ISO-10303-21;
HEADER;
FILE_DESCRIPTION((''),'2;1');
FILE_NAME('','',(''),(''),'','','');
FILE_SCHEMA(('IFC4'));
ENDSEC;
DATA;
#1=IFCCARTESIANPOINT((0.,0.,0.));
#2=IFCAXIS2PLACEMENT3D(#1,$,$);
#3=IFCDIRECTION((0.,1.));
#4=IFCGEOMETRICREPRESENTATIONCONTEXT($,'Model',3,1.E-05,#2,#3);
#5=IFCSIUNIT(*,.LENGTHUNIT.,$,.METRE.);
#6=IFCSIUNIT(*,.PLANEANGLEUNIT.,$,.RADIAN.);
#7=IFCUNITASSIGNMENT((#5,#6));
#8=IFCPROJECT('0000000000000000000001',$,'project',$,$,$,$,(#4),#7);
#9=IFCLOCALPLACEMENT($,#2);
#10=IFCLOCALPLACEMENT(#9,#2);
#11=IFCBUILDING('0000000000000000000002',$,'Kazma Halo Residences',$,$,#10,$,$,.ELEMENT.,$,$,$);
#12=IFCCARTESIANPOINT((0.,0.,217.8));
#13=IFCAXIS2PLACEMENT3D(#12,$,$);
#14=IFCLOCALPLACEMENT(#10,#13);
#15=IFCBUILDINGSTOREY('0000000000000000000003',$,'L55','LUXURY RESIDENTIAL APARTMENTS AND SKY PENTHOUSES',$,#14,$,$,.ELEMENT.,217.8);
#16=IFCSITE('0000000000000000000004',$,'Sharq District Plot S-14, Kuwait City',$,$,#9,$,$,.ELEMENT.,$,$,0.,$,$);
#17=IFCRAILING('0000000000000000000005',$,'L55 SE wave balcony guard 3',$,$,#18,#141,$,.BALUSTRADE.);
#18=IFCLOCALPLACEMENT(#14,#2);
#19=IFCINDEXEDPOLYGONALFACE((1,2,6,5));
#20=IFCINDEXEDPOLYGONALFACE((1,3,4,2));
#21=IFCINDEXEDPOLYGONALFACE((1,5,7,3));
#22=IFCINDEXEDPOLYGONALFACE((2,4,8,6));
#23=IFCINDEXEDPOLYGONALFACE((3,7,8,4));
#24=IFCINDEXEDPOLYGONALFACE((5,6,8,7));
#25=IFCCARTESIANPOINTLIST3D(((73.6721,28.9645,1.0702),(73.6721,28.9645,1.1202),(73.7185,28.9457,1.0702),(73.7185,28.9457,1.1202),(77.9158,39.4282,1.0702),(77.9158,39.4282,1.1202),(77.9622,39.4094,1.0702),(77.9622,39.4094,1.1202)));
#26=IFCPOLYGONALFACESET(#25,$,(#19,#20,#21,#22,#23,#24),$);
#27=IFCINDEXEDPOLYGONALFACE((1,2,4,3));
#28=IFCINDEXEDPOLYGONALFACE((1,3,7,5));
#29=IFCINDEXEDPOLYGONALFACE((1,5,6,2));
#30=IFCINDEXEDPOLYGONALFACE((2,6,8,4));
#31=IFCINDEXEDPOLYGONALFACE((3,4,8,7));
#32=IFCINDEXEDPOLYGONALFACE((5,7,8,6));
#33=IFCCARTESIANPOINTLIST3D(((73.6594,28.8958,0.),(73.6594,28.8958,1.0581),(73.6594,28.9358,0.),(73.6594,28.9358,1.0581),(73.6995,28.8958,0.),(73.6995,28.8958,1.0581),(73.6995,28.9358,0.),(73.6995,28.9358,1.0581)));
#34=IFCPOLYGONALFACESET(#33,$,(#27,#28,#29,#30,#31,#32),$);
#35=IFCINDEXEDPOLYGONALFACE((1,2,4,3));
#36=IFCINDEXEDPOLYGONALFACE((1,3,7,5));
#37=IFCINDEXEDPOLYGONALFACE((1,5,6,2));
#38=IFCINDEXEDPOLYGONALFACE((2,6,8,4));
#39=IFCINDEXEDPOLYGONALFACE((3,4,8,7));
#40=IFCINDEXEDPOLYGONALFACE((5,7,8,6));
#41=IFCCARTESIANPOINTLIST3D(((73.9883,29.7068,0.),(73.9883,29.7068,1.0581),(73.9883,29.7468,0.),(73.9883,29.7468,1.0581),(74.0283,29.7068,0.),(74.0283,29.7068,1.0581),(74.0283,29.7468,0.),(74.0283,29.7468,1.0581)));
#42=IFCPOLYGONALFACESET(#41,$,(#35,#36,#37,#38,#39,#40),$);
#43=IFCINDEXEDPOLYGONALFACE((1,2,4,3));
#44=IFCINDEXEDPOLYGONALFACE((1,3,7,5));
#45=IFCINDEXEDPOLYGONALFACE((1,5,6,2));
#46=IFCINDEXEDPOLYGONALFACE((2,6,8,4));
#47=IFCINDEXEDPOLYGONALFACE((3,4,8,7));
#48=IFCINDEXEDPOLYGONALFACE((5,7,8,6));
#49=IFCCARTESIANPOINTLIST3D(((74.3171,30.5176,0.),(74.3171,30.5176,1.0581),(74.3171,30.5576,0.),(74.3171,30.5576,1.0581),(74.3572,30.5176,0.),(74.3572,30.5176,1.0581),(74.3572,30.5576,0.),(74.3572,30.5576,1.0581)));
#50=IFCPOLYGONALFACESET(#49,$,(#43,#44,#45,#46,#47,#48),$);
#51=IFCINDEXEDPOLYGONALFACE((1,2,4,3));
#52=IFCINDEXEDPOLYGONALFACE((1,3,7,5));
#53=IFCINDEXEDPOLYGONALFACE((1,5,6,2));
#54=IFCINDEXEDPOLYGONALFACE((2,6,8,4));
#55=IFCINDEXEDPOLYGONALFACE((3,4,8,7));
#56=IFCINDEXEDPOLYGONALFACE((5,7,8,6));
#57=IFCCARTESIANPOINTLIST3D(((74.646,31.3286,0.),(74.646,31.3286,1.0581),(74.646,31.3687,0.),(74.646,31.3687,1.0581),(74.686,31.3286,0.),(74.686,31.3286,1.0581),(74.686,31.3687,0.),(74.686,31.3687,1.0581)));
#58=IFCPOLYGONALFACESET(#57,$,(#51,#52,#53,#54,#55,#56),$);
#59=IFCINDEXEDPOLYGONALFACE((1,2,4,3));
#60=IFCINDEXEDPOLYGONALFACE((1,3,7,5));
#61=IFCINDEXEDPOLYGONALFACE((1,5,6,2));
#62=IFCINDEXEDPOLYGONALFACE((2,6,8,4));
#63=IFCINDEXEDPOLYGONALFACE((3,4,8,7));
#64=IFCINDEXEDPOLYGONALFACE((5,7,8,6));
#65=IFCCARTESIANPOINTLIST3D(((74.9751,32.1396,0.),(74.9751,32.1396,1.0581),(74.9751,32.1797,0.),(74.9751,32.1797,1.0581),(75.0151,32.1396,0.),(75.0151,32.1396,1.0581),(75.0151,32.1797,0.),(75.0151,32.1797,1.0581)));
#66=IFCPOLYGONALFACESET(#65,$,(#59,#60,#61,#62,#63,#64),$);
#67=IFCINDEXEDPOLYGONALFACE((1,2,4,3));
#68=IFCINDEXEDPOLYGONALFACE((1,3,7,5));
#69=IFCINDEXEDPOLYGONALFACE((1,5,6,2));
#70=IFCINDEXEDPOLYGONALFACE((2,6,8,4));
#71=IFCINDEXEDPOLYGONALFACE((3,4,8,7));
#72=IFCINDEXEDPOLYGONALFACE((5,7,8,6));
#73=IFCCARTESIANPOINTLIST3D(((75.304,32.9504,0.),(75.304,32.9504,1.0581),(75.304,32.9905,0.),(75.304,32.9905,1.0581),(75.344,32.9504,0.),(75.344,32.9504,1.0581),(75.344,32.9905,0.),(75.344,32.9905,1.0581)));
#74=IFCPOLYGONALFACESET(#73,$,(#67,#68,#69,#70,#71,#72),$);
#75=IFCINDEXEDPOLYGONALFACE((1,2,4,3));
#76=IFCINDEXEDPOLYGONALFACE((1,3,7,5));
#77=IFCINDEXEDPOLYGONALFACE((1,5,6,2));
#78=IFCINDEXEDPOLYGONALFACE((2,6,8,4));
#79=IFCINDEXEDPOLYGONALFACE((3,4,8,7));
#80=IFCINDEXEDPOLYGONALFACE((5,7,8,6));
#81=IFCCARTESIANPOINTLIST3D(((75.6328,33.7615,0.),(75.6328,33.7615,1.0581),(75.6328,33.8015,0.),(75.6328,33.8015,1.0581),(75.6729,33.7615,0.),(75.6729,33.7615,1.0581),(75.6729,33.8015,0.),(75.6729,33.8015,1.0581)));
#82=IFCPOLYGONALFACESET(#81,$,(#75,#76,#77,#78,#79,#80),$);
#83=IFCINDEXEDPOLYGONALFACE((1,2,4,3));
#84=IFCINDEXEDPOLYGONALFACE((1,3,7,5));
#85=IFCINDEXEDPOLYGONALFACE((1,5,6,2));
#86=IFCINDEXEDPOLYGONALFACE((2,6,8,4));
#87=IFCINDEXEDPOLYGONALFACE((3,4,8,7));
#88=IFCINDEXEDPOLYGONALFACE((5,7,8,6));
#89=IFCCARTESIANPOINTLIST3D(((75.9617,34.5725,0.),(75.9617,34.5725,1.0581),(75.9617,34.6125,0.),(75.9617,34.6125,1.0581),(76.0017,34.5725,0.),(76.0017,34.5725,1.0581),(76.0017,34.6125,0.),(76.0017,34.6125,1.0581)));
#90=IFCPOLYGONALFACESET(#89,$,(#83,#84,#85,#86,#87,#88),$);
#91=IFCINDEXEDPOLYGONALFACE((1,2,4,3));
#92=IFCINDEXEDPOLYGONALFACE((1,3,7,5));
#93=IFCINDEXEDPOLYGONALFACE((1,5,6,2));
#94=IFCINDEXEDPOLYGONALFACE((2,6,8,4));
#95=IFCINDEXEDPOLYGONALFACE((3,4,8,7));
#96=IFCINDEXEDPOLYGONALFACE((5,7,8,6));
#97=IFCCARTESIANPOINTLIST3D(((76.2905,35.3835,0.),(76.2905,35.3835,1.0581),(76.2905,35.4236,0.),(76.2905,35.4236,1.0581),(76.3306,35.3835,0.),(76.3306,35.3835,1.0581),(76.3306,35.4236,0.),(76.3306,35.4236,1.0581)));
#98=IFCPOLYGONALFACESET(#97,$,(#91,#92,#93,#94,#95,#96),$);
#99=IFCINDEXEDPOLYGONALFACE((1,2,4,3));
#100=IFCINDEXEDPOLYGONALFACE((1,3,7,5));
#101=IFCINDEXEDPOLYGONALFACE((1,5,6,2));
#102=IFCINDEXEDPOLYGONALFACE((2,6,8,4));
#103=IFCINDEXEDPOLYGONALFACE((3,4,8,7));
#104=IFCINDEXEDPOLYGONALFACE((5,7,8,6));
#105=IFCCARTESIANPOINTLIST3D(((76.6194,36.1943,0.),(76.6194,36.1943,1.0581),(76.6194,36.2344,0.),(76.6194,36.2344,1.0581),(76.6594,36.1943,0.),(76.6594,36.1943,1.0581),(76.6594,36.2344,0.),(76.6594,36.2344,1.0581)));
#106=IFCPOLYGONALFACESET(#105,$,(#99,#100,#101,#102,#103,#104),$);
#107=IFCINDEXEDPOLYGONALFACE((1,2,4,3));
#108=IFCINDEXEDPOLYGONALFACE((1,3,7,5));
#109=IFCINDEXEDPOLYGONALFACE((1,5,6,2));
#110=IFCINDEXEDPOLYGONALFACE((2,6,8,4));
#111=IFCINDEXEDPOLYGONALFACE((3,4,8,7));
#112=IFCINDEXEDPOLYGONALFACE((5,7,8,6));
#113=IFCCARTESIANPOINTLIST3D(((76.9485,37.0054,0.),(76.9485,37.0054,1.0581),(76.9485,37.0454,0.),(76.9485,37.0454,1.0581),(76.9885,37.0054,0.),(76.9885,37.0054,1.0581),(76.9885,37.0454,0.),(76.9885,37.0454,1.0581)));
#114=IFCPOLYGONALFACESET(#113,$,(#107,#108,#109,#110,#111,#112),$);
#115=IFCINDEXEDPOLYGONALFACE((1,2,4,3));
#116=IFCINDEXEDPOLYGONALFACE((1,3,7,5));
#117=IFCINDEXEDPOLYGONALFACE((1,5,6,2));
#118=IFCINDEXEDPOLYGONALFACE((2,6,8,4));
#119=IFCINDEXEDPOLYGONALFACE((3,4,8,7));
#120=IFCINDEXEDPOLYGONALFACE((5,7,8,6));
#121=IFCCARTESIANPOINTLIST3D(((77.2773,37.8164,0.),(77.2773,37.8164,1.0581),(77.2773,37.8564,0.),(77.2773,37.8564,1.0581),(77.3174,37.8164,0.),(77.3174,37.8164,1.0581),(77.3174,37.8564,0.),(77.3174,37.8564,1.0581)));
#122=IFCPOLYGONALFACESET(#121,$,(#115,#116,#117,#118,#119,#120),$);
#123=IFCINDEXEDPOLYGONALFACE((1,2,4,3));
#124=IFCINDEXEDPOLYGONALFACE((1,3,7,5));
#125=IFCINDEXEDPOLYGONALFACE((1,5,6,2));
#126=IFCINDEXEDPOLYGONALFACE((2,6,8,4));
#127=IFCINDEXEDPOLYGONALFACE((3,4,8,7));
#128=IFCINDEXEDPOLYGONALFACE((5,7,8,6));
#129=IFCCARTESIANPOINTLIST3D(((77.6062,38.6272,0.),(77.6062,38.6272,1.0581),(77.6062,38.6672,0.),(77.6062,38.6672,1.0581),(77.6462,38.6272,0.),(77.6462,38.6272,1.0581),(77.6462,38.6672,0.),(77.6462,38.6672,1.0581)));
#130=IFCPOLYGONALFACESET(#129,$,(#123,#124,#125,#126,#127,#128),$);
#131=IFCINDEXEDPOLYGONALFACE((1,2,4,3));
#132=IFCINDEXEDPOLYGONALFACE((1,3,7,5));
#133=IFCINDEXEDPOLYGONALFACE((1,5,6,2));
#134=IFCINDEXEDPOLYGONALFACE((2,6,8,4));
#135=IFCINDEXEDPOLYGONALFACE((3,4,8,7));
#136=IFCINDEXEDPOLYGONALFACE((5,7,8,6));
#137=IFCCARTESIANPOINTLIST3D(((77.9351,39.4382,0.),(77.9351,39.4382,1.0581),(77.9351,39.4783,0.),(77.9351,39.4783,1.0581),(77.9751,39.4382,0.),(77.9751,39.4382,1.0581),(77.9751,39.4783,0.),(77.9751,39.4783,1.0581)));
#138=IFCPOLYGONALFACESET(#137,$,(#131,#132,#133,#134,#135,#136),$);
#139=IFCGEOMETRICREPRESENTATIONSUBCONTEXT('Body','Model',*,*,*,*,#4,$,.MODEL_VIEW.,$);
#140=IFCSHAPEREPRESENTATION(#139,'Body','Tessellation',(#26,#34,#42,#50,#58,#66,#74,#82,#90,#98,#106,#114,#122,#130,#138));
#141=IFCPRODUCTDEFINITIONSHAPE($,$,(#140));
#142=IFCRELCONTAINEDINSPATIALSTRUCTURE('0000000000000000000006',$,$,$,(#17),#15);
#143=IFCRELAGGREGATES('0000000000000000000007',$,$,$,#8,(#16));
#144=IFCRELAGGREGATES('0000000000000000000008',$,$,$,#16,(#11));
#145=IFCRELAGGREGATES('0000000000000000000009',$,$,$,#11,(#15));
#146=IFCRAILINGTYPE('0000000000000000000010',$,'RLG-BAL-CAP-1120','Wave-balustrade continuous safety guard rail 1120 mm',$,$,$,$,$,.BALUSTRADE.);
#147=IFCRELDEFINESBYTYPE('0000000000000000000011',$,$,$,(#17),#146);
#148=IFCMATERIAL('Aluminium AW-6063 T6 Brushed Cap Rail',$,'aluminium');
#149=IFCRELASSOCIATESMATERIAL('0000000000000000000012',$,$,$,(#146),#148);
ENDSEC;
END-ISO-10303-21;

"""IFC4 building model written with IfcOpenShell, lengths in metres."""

from ifc_helpers import new_model, si_unit, direction, frame, origin, origin_2d, place, context, subcontext, project, spatial, rectangle, extrude, material, type_object, element, save


model = new_model("IFC4")

# Units and contexts
model_context = context("Model", 3, precision=1e-05, world=origin(), true_north=direction((0.0, 1.0)))
body_context = subcontext(model_context, "Body", "Model", "MODEL_VIEW")
ifc_project = project(units=[si_unit("LENGTHUNIT", "METRE"), si_unit("PLANEANGLEUNIT", "RADIAN")], contexts=[model_context])

# Site, building, storey
site_placement = place(None, origin())
site = spatial("IfcSite", under=ifc_project, at=site_placement, Name="Sharq District Plot S-14, Kuwait City", CompositionType="ELEMENT", RefElevation=0.0)
building_placement = place(site_placement, origin())
building = spatial("IfcBuilding", under=site, at=building_placement, Name="Kazma Halo Residences", CompositionType="ELEMENT")
storey_placement = place(building_placement, frame((0.0, 0.0, 217.8)))
storey = spatial("IfcBuildingStorey", under=building, at=storey_placement, Name="L55", Description="LUXURY RESIDENTIAL APARTMENTS AND SKY PENTHOUSES", CompositionType="ELEMENT", Elevation=217.8)

# Railing
ifc_material_1 = material(Name="Aluminium AW-6063 T6 Brushed Cap Rail", Category="aluminium")
railing_type = type_object("IfcRailingType", Name="RLG-BAL-CAP-1120", Description="Wave-balustrade continuous safety guard rail 1120 mm", PredefinedType="BALUSTRADE", material=ifc_material_1)
railing_1_placement = place(storey_placement, frame((73.6794, 28.9158, 0.0)))
element("IfcRailing", 1, at=railing_1_placement, inside=storey, type_object=railing_type, Name="L55 SE wave balcony guard 3", PredefinedType="BALUSTRADE", context=body_context, shape_type="SweptSolid", body=[
    extrude(rectangle(XDim=0.05, YDim=0.05, at=origin_2d()), frame((0.0159, 0.0393, 1.0952), z_axis=(0.37583, 0.926689, 0.0), x_axis=(-0.926689, 0.37583, 0.0)), (0.0, 0.0, 1.0), 11.2915),
    extrude(rectangle(XDim=0.04, YDim=0.04, at=origin_2d()), origin(), (0.0, 0.0, 1.0), 1.0581),
    extrude(rectangle(XDim=0.04, YDim=0.04, at=origin_2d()), frame((0.3289, 0.811, 0.0)), (0.0, 0.0, 1.0), 1.0581),
    extrude(rectangle(XDim=0.04, YDim=0.04, at=origin_2d()), frame((0.6577, 1.6218, 0.0)), (0.0, 0.0, 1.0), 1.0581),
    extrude(rectangle(XDim=0.04, YDim=0.04, at=origin_2d()), frame((0.9866, 2.4329, 0.0)), (0.0, 0.0, 1.0), 1.0581),
    extrude(rectangle(XDim=0.04, YDim=0.04, at=origin_2d()), frame((1.3157, 3.2439, 0.0)), (0.0, 0.0, 1.0), 1.0581),
    extrude(rectangle(XDim=0.04, YDim=0.04, at=origin_2d()), frame((1.6445, 4.0547, 0.0)), (0.0, 0.0, 1.0), 1.0581),
    extrude(rectangle(XDim=0.04, YDim=0.04, at=origin_2d()), frame((1.9734, 4.8657, 0.0)), (0.0, 0.0, 1.0), 1.0581),
    extrude(rectangle(XDim=0.04, YDim=0.04, at=origin_2d()), frame((2.3022, 5.6768, 0.0)), (0.0, 0.0, 1.0), 1.0581),
    extrude(rectangle(XDim=0.04, YDim=0.04, at=origin_2d()), frame((2.6311, 6.4878, 0.0)), (0.0, 0.0, 1.0), 1.0581),
    extrude(rectangle(XDim=0.04, YDim=0.04, at=origin_2d()), frame((2.96, 7.2986, 0.0)), (0.0, 0.0, 1.0), 1.0581),
    extrude(rectangle(XDim=0.04, YDim=0.04, at=origin_2d()), frame((3.2891, 8.1096, 0.0)), (0.0, 0.0, 1.0), 1.0581),
    extrude(rectangle(XDim=0.04, YDim=0.04, at=origin_2d()), frame((3.6179, 8.9207, 0.0)), (0.0, 0.0, 1.0), 1.0581),
    extrude(rectangle(XDim=0.04, YDim=0.04, at=origin_2d()), frame((3.9468, 9.7314, 0.0)), (0.0, 0.0, 1.0), 1.0581),
    extrude(rectangle(XDim=0.04, YDim=0.04, at=origin_2d()), frame((4.2756, 10.5425, 0.0)), (0.0, 0.0, 1.0), 1.0581),
])

save(model, "model.ifc")
